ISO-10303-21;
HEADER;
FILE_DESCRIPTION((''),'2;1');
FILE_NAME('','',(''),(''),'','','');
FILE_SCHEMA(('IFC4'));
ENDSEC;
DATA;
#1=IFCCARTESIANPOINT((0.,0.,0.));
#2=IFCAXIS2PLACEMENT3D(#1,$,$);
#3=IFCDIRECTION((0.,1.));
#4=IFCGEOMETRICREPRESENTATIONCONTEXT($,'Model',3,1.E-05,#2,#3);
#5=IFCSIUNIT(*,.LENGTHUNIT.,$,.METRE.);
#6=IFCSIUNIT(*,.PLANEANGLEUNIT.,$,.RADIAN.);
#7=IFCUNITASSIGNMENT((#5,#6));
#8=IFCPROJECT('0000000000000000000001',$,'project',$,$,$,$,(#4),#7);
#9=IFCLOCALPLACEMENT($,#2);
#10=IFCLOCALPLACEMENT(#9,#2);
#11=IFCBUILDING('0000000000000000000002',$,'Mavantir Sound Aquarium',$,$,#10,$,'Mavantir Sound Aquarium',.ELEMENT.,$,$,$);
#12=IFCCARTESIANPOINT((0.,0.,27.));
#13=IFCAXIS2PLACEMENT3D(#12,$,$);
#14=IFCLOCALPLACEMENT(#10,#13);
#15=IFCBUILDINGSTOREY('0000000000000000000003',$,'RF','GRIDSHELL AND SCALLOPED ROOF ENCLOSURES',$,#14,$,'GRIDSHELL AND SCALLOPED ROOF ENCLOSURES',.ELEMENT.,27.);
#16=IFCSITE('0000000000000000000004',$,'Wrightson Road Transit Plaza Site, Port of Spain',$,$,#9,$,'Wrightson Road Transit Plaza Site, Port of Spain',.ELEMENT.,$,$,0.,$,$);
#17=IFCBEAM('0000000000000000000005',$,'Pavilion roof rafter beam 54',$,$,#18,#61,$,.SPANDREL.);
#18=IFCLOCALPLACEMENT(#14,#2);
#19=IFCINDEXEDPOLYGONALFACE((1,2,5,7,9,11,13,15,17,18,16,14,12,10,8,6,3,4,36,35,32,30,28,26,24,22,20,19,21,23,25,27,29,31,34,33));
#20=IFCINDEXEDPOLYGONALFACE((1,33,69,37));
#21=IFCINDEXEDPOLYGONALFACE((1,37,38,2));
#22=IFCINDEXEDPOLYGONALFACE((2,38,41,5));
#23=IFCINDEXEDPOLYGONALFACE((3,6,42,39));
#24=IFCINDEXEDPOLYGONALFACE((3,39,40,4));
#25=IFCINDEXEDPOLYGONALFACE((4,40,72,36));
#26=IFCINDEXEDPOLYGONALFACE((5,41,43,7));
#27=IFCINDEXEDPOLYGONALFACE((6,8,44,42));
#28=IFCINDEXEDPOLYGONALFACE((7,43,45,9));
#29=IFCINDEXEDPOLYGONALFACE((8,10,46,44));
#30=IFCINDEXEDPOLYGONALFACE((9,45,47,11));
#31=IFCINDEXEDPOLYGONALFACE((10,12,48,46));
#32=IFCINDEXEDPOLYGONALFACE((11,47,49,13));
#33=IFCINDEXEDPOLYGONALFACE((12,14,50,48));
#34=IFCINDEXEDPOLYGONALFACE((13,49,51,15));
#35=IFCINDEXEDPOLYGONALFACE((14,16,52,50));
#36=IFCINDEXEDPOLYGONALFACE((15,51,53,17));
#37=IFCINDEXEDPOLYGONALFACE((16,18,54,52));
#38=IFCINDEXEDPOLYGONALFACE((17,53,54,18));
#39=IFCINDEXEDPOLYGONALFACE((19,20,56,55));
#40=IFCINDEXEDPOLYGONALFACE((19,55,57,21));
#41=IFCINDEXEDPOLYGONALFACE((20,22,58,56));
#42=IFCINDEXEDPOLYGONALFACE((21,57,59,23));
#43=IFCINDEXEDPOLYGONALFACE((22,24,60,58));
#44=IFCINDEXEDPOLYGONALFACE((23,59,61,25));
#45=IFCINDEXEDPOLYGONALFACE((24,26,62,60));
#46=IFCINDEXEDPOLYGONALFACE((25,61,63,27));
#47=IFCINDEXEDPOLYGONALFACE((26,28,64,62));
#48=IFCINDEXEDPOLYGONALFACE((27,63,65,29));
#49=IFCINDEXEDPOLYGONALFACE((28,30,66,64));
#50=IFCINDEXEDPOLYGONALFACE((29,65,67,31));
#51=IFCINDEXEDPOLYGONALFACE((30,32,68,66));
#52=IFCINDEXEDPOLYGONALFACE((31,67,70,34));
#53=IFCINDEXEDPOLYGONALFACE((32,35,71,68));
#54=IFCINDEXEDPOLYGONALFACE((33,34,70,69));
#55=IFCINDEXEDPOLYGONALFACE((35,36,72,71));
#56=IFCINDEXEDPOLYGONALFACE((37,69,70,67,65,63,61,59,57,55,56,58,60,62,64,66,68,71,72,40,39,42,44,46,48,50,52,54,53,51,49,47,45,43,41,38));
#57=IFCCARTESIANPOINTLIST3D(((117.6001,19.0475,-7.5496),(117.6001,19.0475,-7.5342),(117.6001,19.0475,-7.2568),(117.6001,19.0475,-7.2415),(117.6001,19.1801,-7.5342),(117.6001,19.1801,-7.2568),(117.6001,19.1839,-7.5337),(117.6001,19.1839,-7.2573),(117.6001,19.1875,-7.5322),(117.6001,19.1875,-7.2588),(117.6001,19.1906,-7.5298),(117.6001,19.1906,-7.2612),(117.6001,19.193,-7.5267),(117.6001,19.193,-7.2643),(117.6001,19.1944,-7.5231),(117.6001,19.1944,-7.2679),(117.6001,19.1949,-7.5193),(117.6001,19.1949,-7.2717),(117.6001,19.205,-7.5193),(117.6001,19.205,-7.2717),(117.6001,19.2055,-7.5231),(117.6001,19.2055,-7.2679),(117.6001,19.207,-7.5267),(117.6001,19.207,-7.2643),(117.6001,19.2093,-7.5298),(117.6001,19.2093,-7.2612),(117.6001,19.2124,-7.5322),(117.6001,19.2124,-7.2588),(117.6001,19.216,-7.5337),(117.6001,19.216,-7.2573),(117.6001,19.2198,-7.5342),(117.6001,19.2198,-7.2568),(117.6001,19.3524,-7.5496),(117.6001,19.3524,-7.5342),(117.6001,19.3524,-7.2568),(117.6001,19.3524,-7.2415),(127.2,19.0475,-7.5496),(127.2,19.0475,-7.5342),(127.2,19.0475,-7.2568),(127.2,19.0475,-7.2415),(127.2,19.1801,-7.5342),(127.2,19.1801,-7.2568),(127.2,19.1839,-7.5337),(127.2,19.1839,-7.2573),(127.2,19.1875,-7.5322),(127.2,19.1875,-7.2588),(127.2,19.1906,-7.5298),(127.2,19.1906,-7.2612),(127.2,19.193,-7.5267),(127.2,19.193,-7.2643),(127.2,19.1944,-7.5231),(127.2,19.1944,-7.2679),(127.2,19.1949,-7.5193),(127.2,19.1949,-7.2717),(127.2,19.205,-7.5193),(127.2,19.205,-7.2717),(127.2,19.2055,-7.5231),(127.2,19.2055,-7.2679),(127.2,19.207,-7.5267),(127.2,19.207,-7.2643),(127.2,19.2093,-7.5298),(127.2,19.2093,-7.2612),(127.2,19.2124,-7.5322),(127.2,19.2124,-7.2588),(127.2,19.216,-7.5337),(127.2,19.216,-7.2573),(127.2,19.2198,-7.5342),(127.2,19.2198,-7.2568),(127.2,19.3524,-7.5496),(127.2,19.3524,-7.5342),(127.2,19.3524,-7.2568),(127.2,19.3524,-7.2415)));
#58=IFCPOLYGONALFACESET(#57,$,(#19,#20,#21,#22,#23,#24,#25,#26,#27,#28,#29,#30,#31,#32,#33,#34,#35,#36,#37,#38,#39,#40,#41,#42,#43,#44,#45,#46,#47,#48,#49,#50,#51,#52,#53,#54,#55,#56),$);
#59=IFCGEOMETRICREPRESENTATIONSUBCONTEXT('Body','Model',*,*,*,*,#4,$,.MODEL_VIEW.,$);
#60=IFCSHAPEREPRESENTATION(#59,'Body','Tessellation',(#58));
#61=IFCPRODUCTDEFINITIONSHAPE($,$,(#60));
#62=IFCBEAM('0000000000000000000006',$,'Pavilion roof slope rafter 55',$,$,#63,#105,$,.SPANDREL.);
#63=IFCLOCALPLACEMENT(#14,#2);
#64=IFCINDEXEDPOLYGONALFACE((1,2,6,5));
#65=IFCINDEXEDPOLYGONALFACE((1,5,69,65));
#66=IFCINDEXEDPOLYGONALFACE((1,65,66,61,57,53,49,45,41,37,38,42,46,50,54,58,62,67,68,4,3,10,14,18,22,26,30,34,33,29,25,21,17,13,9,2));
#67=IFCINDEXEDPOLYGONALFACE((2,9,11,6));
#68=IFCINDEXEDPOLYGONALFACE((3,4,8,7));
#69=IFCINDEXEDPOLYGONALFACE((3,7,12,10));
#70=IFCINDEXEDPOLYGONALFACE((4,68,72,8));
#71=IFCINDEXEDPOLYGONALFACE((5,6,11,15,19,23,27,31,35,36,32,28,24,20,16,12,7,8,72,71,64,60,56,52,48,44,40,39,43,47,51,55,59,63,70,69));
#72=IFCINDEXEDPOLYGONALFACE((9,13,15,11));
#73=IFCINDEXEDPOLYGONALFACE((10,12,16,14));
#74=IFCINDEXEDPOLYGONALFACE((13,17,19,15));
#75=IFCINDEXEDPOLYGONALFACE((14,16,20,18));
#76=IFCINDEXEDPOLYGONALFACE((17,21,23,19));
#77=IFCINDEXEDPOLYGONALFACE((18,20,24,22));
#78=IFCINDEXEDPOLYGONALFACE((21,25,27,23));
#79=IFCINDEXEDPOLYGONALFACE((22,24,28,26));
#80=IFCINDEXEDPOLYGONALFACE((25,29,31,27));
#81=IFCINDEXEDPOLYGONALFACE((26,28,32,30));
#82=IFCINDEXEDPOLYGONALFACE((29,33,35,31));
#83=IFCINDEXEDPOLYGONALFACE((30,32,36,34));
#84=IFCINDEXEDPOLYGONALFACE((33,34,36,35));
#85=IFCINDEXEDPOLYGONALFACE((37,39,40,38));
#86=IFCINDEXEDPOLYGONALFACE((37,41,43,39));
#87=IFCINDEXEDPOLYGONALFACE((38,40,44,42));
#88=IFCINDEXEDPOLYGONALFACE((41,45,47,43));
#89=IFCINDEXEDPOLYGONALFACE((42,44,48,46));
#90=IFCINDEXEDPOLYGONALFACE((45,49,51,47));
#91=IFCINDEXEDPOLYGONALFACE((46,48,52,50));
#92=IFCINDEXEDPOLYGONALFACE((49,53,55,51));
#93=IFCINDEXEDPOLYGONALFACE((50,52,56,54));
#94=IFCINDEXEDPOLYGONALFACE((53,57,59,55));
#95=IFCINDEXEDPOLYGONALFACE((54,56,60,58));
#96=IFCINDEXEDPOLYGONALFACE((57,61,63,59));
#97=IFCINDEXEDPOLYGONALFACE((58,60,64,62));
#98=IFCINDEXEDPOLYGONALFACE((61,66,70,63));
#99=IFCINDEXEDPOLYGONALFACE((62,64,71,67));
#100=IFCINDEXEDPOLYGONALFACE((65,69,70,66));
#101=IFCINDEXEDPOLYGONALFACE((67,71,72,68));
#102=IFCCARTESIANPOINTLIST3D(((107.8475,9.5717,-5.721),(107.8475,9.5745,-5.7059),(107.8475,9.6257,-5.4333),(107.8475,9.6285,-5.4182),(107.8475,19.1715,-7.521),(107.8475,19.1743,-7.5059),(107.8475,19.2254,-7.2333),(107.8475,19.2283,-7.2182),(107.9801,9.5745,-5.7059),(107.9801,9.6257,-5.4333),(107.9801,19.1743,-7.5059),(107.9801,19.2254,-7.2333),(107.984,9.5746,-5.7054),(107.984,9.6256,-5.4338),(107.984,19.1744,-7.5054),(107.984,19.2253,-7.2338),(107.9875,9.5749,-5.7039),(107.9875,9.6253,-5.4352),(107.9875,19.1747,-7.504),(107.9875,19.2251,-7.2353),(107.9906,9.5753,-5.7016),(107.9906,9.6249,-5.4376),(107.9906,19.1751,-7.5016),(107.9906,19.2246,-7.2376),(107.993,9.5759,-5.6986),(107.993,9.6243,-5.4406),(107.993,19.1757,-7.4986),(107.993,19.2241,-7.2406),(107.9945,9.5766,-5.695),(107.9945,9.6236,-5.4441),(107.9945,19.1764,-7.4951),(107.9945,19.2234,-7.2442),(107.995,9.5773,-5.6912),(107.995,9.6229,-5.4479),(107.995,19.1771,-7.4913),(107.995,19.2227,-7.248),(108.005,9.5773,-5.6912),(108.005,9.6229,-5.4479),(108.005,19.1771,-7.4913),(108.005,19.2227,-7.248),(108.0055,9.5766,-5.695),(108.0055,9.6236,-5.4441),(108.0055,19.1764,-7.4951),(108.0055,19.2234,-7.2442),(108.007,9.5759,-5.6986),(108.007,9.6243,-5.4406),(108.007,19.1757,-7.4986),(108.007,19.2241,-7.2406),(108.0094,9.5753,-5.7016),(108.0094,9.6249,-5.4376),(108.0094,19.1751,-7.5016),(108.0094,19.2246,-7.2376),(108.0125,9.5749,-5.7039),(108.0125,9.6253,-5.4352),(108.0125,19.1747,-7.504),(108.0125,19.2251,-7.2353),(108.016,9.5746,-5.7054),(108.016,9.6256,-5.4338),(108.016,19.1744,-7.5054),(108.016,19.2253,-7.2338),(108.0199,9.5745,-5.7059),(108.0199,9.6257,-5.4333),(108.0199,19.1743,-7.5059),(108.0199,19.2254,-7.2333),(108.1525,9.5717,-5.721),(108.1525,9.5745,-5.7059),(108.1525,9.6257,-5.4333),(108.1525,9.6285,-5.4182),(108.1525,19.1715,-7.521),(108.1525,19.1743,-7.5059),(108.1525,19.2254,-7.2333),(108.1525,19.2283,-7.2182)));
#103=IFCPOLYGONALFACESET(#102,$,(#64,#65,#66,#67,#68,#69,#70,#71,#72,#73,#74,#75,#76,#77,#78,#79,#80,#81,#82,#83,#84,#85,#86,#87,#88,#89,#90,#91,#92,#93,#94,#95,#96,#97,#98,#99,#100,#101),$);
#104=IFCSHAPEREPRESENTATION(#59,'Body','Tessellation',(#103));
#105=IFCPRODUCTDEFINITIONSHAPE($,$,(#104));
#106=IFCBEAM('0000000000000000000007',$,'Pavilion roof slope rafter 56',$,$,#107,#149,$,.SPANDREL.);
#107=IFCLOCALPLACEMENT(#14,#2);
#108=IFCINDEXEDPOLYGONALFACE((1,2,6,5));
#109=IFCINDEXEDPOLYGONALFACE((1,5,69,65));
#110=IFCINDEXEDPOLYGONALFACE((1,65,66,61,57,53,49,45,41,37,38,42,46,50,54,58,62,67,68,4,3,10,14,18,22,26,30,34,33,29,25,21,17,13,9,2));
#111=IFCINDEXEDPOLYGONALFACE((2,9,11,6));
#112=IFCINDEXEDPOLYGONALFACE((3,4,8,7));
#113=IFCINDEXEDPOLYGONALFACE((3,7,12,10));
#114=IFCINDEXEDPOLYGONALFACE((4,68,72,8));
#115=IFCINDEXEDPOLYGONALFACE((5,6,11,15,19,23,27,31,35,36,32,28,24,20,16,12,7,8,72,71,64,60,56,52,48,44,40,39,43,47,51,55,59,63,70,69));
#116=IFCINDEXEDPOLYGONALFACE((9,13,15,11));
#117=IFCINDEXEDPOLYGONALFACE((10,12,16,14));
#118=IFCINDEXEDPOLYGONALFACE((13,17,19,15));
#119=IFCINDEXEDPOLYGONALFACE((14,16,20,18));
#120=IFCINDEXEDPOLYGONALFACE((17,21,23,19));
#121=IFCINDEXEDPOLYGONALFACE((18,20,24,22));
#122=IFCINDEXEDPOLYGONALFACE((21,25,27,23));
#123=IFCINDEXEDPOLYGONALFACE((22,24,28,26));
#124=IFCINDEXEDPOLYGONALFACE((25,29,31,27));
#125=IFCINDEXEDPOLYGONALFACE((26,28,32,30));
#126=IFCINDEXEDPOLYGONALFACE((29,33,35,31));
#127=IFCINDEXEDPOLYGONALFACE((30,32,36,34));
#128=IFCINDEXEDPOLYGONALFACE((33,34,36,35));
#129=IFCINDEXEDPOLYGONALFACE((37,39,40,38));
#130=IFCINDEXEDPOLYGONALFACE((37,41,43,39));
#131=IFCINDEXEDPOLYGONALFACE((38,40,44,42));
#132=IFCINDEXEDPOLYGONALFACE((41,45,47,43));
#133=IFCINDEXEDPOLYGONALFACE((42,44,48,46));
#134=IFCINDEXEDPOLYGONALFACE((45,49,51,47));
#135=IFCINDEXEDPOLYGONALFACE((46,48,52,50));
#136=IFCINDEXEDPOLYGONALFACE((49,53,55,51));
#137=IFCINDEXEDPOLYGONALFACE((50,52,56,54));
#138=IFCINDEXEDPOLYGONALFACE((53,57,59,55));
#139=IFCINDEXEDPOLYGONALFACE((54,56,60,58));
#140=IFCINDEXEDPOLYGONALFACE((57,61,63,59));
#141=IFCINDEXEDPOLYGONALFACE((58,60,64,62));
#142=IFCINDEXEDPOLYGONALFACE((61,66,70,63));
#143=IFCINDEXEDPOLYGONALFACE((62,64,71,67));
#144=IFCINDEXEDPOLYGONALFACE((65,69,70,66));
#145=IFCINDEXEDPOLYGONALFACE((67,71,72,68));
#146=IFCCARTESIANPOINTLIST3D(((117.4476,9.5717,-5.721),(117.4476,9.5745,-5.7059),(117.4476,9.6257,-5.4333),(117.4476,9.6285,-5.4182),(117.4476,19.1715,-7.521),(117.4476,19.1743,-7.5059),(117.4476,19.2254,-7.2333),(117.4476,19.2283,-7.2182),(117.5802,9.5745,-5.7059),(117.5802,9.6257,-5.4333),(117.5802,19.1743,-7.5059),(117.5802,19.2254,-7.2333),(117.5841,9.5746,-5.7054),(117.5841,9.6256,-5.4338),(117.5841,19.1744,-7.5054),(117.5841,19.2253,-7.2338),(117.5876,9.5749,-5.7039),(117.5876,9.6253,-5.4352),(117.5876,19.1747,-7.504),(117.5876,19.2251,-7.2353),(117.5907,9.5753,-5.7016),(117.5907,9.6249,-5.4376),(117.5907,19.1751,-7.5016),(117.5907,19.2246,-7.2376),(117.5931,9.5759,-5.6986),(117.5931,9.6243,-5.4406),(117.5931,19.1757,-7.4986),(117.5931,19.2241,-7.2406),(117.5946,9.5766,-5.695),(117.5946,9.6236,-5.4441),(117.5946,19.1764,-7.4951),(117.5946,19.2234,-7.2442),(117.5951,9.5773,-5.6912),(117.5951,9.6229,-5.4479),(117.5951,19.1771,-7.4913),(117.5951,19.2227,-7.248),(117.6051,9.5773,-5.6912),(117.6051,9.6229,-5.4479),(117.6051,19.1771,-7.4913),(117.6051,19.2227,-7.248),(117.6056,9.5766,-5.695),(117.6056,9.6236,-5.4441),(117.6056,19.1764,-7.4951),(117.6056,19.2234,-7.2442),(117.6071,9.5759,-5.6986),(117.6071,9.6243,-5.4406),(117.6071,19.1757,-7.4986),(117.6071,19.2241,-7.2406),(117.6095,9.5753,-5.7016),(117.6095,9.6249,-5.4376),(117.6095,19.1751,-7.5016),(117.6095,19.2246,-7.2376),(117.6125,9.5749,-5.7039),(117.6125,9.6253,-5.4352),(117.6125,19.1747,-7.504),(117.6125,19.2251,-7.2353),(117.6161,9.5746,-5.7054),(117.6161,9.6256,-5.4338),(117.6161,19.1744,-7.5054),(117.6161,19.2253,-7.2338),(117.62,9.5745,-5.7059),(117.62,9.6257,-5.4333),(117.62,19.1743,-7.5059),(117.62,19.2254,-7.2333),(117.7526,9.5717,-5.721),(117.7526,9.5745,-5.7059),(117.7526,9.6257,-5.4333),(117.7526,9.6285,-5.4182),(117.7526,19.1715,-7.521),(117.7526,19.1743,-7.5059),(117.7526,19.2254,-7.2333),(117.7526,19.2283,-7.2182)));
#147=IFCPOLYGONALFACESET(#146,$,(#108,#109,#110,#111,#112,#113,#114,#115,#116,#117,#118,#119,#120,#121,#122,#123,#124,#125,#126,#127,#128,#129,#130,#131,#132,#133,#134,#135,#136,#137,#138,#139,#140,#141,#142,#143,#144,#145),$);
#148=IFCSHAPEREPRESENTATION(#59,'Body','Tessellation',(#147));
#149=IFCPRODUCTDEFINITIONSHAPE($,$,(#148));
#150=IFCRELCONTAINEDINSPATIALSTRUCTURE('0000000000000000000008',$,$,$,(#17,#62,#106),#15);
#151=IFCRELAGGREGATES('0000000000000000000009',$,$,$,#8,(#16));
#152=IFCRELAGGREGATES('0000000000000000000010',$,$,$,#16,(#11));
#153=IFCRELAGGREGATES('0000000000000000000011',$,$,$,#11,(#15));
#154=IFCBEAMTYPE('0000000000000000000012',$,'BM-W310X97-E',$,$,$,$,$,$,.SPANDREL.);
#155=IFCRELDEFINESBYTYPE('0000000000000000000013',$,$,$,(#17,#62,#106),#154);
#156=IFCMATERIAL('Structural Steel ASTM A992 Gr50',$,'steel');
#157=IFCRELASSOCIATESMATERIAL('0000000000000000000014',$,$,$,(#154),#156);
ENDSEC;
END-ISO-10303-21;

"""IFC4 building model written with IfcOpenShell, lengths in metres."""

from ifc_helpers import new_model, si_unit, direction, frame, origin, origin_2d, place, context, subcontext, project, spatial, i_section, extrude, material, material_profile, profile_set, type_object, element, save


model = new_model("IFC4")

# Units and contexts
model_context = context("Model", 3, precision=1e-05, world=origin(), true_north=direction((0.0, 1.0)))
body_context = subcontext(model_context, "Body", "Model", "MODEL_VIEW")
ifc_project = project(units=[si_unit("LENGTHUNIT", "METRE"), si_unit("PLANEANGLEUNIT", "RADIAN")], contexts=[model_context])

# Site, building, storey
site_placement = place(None, origin())
site = spatial("IfcSite", under=ifc_project, at=site_placement, Name="Wrightson Road Transit Plaza Site, Port of Spain", LongName="Wrightson Road Transit Plaza Site, Port of Spain", CompositionType="ELEMENT", RefElevation=0.0)
building_placement = place(site_placement, origin())
building = spatial("IfcBuilding", under=site, at=building_placement, Name="Mavantir Sound Aquarium", LongName="Mavantir Sound Aquarium", CompositionType="ELEMENT")
storey_placement = place(building_placement, frame((0.0, 0.0, 27.0)))
storey = spatial("IfcBuildingStorey", under=building, at=storey_placement, Name="RF", Description="GRIDSHELL AND SCALLOPED ROOF ENCLOSURES", LongName="GRIDSHELL AND SCALLOPED ROOF ENCLOSURES", CompositionType="ELEMENT", Elevation=27.0)

# Beams
ifc_material_1 = material(Name="Structural Steel ASTM A992 Gr50", Category="steel")
ifc_material_profile_1 = material_profile(ifc_material_1, i_section(OverallWidth=0.3049, OverallDepth=0.3081, WebThickness=0.01, FlangeThickness=0.0154, FilletRadius=0.0149, at=origin_2d()), Name="W310X97")
ifc_profile_set_1 = profile_set([ifc_material_profile_1], Name="Structural Steel ASTM A992 Gr50")
beam_type = type_object("IfcBeamType", Name="BM-W310X97-E", PredefinedType="SPANDREL", material=ifc_profile_set_1)
beam_1_placement = place(storey_placement, frame((117.6001, 19.2, -7.3955), z_axis=(1.0, 0.0, 0.0), x_axis=(0.0, 1.0, 0.0)))
element("IfcBeam", 1, at=beam_1_placement, inside=storey, type_object=beam_type, Name="Pavilion roof rafter beam 54", PredefinedType="SPANDREL", context=body_context, shape_type="SweptSolid", body=[
    extrude(i_section(OverallWidth=0.3049, OverallDepth=0.3081, WebThickness=0.01, FlangeThickness=0.0154, FilletRadius=0.0149, at=origin_2d()), origin(), (0.0, 0.0, 1.0), 9.5999),
])
for number, where, z_axis, x_axis, name in (
    (2, (108.0, 9.6001, -5.5696), (0.0, 0.982871, -0.184296), (-1.0, 0.0, 0.0), "Pavilion roof slope rafter 55"),
    (3, (117.6001, 9.6001, -5.5696), (0.0, 0.982871, -0.184296), (-1.0, 0.0, 0.0), "Pavilion roof slope rafter 56"),
):
    element("IfcBeam", number, at=place(storey_placement, frame(where, z_axis=z_axis, x_axis=x_axis)), inside=storey, type_object=beam_type, Name=name, PredefinedType="SPANDREL", context=body_context, shape_type="SweptSolid", body=[
        extrude(i_section(OverallWidth=0.3049, OverallDepth=0.3081, WebThickness=0.01, FlangeThickness=0.0154, FilletRadius=0.0149, at=origin_2d()), origin(), (0.0, 0.0, 1.0), 9.7671),
    ])

save(model, "model.ifc")
